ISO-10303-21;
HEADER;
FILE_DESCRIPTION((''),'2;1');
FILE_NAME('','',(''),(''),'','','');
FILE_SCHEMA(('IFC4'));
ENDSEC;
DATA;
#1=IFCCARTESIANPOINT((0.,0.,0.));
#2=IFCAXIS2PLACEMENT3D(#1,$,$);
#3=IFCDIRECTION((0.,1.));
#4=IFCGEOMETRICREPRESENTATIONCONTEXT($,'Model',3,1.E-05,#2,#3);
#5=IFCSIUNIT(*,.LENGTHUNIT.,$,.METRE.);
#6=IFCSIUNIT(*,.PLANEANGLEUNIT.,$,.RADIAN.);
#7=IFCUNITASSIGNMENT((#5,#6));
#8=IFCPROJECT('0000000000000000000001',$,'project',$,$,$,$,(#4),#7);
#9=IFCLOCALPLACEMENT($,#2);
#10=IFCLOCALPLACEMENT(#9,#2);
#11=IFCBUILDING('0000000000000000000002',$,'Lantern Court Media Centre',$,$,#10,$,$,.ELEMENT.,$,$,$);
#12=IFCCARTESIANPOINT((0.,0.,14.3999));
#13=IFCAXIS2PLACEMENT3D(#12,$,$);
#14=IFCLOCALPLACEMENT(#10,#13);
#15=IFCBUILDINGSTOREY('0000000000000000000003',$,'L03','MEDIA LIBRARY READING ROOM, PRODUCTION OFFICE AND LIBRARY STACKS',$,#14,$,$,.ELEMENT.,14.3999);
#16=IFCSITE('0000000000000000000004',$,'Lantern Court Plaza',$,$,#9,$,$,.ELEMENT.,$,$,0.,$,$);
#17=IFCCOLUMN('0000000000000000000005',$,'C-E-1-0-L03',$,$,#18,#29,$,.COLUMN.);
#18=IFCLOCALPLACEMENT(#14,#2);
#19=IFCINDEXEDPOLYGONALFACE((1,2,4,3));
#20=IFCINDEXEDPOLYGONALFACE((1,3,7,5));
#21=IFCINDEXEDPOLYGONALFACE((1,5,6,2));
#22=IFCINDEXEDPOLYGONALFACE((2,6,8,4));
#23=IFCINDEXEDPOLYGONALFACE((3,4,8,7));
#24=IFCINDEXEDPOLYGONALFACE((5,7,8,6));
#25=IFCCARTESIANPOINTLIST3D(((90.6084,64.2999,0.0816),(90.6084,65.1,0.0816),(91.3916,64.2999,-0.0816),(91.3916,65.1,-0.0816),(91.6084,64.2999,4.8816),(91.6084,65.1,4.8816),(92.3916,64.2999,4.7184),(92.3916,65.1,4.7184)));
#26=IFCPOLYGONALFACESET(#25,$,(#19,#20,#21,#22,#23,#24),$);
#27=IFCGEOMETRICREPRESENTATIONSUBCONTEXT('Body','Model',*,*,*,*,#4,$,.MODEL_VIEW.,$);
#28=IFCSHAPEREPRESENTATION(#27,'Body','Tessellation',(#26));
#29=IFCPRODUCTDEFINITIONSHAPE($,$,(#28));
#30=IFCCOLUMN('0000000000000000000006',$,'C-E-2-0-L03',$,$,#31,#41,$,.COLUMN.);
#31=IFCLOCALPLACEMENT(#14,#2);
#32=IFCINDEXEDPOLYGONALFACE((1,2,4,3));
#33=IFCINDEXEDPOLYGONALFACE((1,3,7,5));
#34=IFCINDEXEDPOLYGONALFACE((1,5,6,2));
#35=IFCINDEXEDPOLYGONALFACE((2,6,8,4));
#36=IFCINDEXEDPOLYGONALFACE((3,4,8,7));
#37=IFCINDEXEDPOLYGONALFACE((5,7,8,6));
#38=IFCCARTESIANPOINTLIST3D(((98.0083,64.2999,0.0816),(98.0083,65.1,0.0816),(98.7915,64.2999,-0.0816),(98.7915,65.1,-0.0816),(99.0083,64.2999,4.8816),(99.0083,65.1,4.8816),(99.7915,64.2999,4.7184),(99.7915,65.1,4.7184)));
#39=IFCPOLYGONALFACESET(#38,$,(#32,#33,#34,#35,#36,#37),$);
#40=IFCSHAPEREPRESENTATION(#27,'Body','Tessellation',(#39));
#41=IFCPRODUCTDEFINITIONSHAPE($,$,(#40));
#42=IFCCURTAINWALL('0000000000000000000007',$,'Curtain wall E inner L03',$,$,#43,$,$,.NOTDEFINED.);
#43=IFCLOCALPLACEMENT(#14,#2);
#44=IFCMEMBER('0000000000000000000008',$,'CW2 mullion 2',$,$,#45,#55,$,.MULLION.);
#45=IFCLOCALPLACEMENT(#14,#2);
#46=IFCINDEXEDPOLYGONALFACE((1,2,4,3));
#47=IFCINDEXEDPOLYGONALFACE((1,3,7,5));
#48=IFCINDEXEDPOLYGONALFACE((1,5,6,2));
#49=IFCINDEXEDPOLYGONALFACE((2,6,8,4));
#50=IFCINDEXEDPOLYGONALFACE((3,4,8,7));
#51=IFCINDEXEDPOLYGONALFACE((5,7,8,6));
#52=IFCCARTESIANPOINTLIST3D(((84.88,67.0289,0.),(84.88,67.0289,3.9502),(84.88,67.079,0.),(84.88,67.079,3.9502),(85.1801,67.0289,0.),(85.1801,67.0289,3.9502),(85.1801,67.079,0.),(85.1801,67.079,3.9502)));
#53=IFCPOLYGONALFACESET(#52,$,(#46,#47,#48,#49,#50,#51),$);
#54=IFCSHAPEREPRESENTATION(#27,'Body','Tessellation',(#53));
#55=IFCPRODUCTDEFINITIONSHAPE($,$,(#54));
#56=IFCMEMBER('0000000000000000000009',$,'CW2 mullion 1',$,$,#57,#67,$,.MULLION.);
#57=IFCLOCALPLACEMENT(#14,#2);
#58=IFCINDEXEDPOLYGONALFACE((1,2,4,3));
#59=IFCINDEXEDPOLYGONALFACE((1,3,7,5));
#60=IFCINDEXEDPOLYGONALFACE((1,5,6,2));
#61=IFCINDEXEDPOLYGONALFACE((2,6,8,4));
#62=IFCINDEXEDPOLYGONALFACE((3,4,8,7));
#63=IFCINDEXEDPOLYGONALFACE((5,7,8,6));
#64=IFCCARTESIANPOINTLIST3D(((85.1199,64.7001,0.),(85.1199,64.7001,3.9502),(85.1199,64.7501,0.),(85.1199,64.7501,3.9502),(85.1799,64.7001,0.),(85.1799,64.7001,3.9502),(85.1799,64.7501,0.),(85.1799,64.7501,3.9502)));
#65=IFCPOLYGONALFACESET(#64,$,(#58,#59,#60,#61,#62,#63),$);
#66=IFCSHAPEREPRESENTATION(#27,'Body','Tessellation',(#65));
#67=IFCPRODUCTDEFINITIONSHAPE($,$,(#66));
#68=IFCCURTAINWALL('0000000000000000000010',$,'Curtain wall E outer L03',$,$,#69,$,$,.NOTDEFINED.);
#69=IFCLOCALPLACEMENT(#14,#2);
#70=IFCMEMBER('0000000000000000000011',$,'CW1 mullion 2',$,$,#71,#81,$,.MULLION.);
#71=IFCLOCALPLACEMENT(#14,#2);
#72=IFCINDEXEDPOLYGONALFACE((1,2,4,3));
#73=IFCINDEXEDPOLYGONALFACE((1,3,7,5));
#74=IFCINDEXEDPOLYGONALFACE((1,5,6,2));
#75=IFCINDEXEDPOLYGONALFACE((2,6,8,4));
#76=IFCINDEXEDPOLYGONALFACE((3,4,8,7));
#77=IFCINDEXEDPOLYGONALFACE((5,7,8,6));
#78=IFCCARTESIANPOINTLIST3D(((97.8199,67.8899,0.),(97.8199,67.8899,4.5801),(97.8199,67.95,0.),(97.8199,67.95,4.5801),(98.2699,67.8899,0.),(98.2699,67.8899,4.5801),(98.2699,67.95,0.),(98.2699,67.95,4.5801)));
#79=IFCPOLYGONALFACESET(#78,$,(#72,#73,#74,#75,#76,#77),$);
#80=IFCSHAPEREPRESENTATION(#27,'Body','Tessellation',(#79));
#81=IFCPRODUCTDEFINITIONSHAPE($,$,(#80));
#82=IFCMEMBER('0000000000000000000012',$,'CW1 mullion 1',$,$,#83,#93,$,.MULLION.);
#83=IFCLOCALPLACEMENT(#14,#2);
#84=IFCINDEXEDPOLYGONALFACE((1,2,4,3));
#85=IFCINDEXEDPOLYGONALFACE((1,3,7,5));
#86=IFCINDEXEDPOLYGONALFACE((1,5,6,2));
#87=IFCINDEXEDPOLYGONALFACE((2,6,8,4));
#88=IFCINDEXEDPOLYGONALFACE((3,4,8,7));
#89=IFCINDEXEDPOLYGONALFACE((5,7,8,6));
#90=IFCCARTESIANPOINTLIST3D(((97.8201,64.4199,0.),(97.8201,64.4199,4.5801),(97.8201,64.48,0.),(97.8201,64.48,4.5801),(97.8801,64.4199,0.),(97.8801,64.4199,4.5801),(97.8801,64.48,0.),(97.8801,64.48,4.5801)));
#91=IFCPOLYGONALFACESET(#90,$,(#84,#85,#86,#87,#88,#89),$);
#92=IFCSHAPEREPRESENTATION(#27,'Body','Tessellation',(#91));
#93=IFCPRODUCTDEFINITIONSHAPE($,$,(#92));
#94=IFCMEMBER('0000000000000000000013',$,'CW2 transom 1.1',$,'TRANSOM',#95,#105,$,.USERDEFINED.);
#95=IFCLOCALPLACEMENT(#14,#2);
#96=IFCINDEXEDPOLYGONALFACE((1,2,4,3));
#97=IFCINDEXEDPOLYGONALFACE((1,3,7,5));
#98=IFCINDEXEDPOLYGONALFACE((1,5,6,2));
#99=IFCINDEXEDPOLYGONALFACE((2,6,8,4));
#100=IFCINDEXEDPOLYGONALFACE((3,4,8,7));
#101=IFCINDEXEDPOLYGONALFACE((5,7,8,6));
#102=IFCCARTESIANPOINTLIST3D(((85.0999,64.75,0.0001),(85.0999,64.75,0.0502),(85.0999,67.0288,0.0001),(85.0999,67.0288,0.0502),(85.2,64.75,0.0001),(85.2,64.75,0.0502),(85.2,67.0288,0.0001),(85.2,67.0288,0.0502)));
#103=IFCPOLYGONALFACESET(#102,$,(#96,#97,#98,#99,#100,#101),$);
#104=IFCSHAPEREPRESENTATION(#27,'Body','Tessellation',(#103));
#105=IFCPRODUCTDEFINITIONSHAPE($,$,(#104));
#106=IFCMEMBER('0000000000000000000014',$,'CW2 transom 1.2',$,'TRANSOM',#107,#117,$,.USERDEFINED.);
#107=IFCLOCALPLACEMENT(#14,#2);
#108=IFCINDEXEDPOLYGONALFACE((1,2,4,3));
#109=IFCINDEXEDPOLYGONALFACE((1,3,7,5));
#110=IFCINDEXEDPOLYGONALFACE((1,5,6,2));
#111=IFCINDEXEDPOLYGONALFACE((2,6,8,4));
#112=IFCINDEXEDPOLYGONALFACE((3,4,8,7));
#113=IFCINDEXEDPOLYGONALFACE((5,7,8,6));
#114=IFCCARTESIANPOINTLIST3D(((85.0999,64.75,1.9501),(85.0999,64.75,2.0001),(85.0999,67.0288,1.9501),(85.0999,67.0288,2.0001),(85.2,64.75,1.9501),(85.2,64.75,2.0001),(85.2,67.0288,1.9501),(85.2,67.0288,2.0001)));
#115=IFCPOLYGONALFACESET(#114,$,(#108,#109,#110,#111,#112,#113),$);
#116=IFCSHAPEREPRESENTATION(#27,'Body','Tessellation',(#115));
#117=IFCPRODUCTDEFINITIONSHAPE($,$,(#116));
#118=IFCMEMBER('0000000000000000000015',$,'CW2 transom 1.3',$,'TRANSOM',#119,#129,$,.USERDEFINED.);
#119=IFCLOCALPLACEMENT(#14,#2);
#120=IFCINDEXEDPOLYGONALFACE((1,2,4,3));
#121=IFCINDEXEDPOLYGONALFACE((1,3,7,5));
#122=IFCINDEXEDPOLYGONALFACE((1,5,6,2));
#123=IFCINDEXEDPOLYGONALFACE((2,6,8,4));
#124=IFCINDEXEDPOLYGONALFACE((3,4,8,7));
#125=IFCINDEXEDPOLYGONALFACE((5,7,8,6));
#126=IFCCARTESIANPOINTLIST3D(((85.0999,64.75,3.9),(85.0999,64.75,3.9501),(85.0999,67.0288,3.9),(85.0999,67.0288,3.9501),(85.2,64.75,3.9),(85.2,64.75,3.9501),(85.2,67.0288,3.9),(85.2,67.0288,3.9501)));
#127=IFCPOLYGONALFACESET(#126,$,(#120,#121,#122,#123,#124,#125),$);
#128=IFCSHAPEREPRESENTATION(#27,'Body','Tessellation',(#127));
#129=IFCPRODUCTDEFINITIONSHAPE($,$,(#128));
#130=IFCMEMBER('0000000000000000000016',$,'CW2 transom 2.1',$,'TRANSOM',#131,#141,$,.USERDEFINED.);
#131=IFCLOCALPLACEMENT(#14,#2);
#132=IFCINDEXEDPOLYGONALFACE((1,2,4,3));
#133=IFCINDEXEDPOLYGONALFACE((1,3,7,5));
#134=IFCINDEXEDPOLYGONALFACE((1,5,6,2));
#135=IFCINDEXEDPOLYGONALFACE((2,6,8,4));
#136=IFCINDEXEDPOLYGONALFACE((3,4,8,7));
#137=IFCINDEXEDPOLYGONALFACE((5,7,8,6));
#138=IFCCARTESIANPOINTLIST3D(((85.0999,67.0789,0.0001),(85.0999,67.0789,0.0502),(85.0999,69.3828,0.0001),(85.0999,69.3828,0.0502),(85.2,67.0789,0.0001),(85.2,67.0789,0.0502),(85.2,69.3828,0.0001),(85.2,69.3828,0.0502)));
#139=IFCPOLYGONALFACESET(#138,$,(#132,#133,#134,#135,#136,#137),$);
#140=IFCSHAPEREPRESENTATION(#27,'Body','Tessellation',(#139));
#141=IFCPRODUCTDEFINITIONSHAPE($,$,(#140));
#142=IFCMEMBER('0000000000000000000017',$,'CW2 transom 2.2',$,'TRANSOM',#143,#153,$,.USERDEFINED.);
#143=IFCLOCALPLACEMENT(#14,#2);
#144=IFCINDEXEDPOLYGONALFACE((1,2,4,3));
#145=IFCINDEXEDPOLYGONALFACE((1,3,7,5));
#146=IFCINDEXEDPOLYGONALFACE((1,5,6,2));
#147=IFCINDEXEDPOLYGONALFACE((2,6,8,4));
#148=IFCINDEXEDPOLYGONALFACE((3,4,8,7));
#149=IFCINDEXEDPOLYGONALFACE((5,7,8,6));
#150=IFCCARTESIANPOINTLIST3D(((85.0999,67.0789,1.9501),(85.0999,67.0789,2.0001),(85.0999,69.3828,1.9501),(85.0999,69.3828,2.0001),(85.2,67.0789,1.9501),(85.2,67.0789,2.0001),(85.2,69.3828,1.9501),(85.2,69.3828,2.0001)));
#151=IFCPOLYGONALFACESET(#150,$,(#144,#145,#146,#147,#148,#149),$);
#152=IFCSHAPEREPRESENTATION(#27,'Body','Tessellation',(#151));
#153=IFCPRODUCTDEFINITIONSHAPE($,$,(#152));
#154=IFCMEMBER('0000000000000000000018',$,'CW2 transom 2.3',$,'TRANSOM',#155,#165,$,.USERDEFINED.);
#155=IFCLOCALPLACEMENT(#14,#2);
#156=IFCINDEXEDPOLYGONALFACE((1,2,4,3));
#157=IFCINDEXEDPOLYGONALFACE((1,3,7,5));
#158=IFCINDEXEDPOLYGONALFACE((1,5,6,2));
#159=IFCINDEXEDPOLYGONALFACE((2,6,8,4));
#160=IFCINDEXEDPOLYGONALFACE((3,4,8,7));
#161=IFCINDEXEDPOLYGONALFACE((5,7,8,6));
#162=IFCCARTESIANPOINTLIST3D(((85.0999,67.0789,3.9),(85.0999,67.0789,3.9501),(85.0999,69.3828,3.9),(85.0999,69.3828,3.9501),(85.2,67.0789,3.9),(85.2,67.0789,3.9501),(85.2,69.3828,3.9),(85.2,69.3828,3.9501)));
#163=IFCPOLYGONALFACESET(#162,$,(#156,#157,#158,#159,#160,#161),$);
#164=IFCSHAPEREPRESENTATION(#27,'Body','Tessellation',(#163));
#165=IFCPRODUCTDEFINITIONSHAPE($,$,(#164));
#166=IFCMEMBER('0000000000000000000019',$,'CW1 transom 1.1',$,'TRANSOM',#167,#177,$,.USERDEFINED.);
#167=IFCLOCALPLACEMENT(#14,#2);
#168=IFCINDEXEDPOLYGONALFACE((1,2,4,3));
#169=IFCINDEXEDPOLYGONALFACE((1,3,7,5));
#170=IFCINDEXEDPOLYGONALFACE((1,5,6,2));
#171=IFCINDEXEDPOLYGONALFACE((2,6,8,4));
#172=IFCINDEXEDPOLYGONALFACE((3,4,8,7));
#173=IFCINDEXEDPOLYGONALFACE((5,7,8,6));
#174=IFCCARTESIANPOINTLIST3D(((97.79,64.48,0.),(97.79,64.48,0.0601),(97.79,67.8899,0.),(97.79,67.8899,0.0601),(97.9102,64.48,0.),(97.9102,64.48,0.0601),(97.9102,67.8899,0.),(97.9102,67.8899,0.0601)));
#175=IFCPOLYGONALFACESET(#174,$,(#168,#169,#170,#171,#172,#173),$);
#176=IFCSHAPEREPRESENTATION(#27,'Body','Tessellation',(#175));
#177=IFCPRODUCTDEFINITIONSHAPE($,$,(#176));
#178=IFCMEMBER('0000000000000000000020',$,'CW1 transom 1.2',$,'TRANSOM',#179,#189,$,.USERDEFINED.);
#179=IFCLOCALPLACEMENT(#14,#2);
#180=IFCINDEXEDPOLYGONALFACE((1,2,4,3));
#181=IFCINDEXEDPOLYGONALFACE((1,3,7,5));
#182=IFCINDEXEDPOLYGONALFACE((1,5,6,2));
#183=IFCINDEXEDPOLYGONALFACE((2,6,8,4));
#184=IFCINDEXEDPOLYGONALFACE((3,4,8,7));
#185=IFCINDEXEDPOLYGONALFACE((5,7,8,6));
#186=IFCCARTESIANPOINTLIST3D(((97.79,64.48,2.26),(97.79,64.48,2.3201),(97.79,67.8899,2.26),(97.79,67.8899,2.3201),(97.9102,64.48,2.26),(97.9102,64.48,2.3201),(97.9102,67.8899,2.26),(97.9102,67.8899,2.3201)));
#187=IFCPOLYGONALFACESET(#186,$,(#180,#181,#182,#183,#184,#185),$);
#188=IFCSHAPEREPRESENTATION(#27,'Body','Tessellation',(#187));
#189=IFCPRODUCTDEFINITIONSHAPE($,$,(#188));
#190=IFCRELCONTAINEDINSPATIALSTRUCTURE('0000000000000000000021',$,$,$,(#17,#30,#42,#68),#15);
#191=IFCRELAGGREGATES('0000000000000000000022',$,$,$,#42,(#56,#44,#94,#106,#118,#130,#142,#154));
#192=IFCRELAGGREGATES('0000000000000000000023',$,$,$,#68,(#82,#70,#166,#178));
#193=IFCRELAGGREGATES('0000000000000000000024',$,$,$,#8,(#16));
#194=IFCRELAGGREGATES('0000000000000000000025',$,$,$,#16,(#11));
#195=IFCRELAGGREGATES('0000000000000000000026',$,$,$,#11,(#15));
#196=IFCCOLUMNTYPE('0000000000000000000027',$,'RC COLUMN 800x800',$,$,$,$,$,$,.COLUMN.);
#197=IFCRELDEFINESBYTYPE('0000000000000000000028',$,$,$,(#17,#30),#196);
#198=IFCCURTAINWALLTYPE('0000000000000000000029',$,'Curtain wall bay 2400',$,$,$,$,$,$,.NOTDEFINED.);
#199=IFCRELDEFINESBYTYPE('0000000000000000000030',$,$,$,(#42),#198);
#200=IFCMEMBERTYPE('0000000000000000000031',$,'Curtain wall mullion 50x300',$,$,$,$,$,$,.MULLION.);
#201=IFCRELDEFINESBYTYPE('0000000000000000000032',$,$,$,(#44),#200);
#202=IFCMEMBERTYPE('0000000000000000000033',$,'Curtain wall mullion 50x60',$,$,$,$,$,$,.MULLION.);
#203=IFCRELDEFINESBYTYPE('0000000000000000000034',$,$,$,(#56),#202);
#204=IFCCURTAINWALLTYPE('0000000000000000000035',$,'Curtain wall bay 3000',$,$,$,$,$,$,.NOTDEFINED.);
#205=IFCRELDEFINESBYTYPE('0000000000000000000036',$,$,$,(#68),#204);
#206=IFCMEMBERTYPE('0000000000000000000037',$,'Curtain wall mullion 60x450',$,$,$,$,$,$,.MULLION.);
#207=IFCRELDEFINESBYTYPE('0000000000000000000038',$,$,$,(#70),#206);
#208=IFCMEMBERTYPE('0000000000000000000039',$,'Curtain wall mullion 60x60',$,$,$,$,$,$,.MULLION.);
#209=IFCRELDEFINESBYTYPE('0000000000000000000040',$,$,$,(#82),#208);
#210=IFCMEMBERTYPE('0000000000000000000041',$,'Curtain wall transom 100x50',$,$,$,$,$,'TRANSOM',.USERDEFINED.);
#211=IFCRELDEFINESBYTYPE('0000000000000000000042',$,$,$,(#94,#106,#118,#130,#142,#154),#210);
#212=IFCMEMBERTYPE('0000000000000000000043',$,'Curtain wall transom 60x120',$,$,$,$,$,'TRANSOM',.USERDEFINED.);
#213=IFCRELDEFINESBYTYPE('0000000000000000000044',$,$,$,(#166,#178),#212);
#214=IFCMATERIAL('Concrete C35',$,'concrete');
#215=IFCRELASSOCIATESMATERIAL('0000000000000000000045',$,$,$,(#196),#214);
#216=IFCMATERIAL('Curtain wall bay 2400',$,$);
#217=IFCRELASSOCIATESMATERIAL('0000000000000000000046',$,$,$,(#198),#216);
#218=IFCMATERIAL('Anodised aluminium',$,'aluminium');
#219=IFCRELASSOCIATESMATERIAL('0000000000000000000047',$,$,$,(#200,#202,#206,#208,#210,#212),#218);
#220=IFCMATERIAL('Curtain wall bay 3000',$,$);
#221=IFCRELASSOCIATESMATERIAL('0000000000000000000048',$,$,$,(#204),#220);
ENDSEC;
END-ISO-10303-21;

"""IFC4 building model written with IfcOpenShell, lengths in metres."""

from ifc_helpers import new_model, si_unit, direction, frame, origin, origin_2d, place, context, subcontext, project, spatial, rectangle, extrude, material, material_profile, profile_set, type_object, element, aggregate, save


model = new_model("IFC4")

# Units and contexts
model_context = context("Model", 3, precision=1e-05, world=origin(), true_north=direction((0.0, 1.0)))
body_context = subcontext(model_context, "Body", "Model", "MODEL_VIEW")
ifc_project = project(units=[si_unit("LENGTHUNIT", "METRE"), si_unit("PLANEANGLEUNIT", "RADIAN")], contexts=[model_context])

# Site, building, storey
site_placement = place(None, origin())
site = spatial("IfcSite", under=ifc_project, at=site_placement, Name="Lantern Court Plaza", CompositionType="ELEMENT", RefElevation=0.0)
building_placement = place(site_placement, origin())
building = spatial("IfcBuilding", under=site, at=building_placement, Name="Lantern Court Media Centre", CompositionType="ELEMENT")
storey_placement = place(building_placement, frame((0.0, 0.0, 14.3999)))
storey = spatial("IfcBuildingStorey", under=building, at=storey_placement, Name="L03", Description="MEDIA LIBRARY READING ROOM, PRODUCTION OFFICE AND LIBRARY STACKS", CompositionType="ELEMENT", Elevation=14.3999)

# Columns
ifc_material_1 = material(Name="Concrete C35", Category="concrete")
ifc_material_profile_1 = material_profile(ifc_material_1, rectangle(XDim=0.8, YDim=0.8, at=origin_2d()), Name="RC 800x800")
ifc_profile_set_1 = profile_set([ifc_material_profile_1], Name="Concrete C35")
column_type = type_object("IfcColumnType", Name="RC COLUMN 800x800", PredefinedType="COLUMN", material=ifc_profile_set_1)
for number, where, z_axis, x_axis, name in (
    (1, (91.0, 64.7, 0.0), (0.203952, 0.0, 0.978981), (0.0, 1.0, 0.0), "C-E-1-0-L03"),
    (2, (98.3999, 64.7, 0.0), (0.203952, 0.0, 0.978981), (0.0, 1.0, 0.0), "C-E-2-0-L03"),
):
    element("IfcColumn", number, at=place(storey_placement, frame(where, z_axis=z_axis, x_axis=x_axis)), inside=storey, type_object=column_type, Name=name, PredefinedType="COLUMN", context=body_context, shape_type="SweptSolid", body=[
        extrude(rectangle(XDim=0.8, YDim=0.8, at=origin_2d()), origin(), (0.0, 0.0, 1.0), 4.9031),
    ])

# Curtain walls, members
ifc_material_2 = material(Name="Curtain wall bay 2400")
curtain_wall_type_1 = type_object("IfcCurtainWallType", Name="Curtain wall bay 2400", PredefinedType="NOTDEFINED", material=ifc_material_2)
curtain_wall_1_placement = place(storey_placement, origin())
curtain_wall_1 = element("IfcCurtainWall", 3, at=curtain_wall_1_placement, inside=storey, type_object=curtain_wall_type_1, Name="Curtain wall E inner L03", PredefinedType="NOTDEFINED")
ifc_material_3 = material(Name="Anodised aluminium", Category="aluminium")
ifc_material_profile_2 = material_profile(ifc_material_3, rectangle(XDim=0.3, YDim=0.05, at=origin_2d()), Name="AL 50x300")
ifc_profile_set_2 = profile_set([ifc_material_profile_2], Name="Anodised aluminium")
member_type_1 = type_object("IfcMemberType", Name="Curtain wall mullion 50x300", PredefinedType="MULLION", material=ifc_profile_set_2)
member_1_placement = place(storey_placement, frame((85.03, 67.054, 0.0), z_axis=(0.0, 0.0, 1.0), x_axis=(-1.0, 0.0, 0.0)))
member_1 = element("IfcMember", 4, at=member_1_placement, type_object=member_type_1, Name="CW2 mullion 2", PredefinedType="MULLION", context=body_context, shape_type="SweptSolid", body=[
    extrude(rectangle(XDim=0.3, YDim=0.05, at=origin_2d()), origin(), (0.0, 0.0, 1.0), 3.9502),
])
ifc_material_profile_3 = material_profile(ifc_material_3, rectangle(XDim=0.0601, YDim=0.05, at=origin_2d()), Name="AL 50x60")
ifc_profile_set_3 = profile_set([ifc_material_profile_3], Name="Anodised aluminium")
member_type_2 = type_object("IfcMemberType", Name="Curtain wall mullion 50x60", PredefinedType="MULLION", material=ifc_profile_set_3)
member_2_placement = place(storey_placement, frame((85.1499, 64.7251, 0.0), z_axis=(0.0, 0.0, 1.0), x_axis=(-1.0, 0.0, 0.0)))
member_2 = element("IfcMember", 5, at=member_2_placement, type_object=member_type_2, Name="CW2 mullion 1", PredefinedType="MULLION", context=body_context, shape_type="SweptSolid", body=[
    extrude(rectangle(XDim=0.0601, YDim=0.05, at=origin_2d()), origin(), (0.0, 0.0, 1.0), 3.9502),
])
ifc_material_4 = material(Name="Curtain wall bay 3000")
curtain_wall_type_2 = type_object("IfcCurtainWallType", Name="Curtain wall bay 3000", PredefinedType="NOTDEFINED", material=ifc_material_4)
curtain_wall_2_placement = place(storey_placement, origin())
curtain_wall_2 = element("IfcCurtainWall", 6, at=curtain_wall_2_placement, inside=storey, type_object=curtain_wall_type_2, Name="Curtain wall E outer L03", PredefinedType="NOTDEFINED")
ifc_material_profile_4 = material_profile(ifc_material_3, rectangle(XDim=0.45, YDim=0.0601, at=origin_2d()), Name="AL 60x450")
ifc_profile_set_4 = profile_set([ifc_material_profile_4], Name="Anodised aluminium")
member_type_3 = type_object("IfcMemberType", Name="Curtain wall mullion 60x450", PredefinedType="MULLION", material=ifc_profile_set_4)
member_3_placement = place(storey_placement, frame((98.0449, 67.9199, 0.0), z_axis=(0.0, 0.0, 1.0), x_axis=(-1.0, 0.0, 0.0)))
member_3 = element("IfcMember", 7, at=member_3_placement, type_object=member_type_3, Name="CW1 mullion 2", PredefinedType="MULLION", context=body_context, shape_type="SweptSolid", body=[
    extrude(rectangle(XDim=0.45, YDim=0.0601, at=origin_2d()), origin(), (0.0, 0.0, 1.0), 4.5801),
])
ifc_material_profile_5 = material_profile(ifc_material_3, rectangle(XDim=0.0601, YDim=0.0601, at=origin_2d()), Name="AL 60x60")
ifc_profile_set_5 = profile_set([ifc_material_profile_5], Name="Anodised aluminium")
member_type_4 = type_object("IfcMemberType", Name="Curtain wall mullion 60x60", PredefinedType="MULLION", material=ifc_profile_set_5)
member_4_placement = place(storey_placement, frame((97.8501, 64.45, 0.0), z_axis=(0.0, 0.0, 1.0), x_axis=(-1.0, 0.0, 0.0)))
member_4 = element("IfcMember", 8, at=member_4_placement, type_object=member_type_4, Name="CW1 mullion 1", PredefinedType="MULLION", context=body_context, shape_type="SweptSolid", body=[
    extrude(rectangle(XDim=0.0601, YDim=0.0601, at=origin_2d()), origin(), (0.0, 0.0, 1.0), 4.5801),
])

# Members
ifc_material_profile_6 = material_profile(ifc_material_3, rectangle(XDim=0.1001, YDim=0.05, at=origin_2d()), Name="AL 50x100")
ifc_profile_set_6 = profile_set([ifc_material_profile_6], Name="Anodised aluminium")
member_type_5 = type_object("IfcMemberType", Name="Curtain wall transom 100x50", ElementType="TRANSOM", PredefinedType="USERDEFINED", material=ifc_profile_set_6)
member_5_placement = place(storey_placement, frame((85.1499, 64.75, 0.0251), z_axis=(0.0, 1.0, 0.0), x_axis=(-1.0, 0.0, 0.0)))
member_5 = element("IfcMember", 9, at=member_5_placement, type_object=member_type_5, Name="CW2 transom 1.1", ObjectType="TRANSOM", PredefinedType="USERDEFINED", context=body_context, shape_type="SweptSolid", body=[
    extrude(rectangle(XDim=0.1001, YDim=0.05, at=origin_2d()), origin(), (0.0, 0.0, 1.0), 2.2788),
])
member_6_placement = place(storey_placement, frame((85.1499, 64.75, 1.9751), z_axis=(0.0, 1.0, 0.0), x_axis=(-1.0, 0.0, 0.0)))
member_6 = element("IfcMember", 10, at=member_6_placement, type_object=member_type_5, Name="CW2 transom 1.2", ObjectType="TRANSOM", PredefinedType="USERDEFINED", context=body_context, shape_type="SweptSolid", body=[
    extrude(rectangle(XDim=0.1001, YDim=0.05, at=origin_2d()), origin(), (0.0, 0.0, 1.0), 2.2788),
])
member_7_placement = place(storey_placement, frame((85.1499, 64.75, 3.925), z_axis=(0.0, 1.0, 0.0), x_axis=(-1.0, 0.0, 0.0)))
member_7 = element("IfcMember", 11, at=member_7_placement, type_object=member_type_5, Name="CW2 transom 1.3", ObjectType="TRANSOM", PredefinedType="USERDEFINED", context=body_context, shape_type="SweptSolid", body=[
    extrude(rectangle(XDim=0.1001, YDim=0.05, at=origin_2d()), origin(), (0.0, 0.0, 1.0), 2.2788),
])
member_8_placement = place(storey_placement, frame((85.1499, 67.0789, 0.0251), z_axis=(0.0, 1.0, 0.0), x_axis=(-1.0, 0.0, 0.0)))
member_8 = element("IfcMember", 12, at=member_8_placement, type_object=member_type_5, Name="CW2 transom 2.1", ObjectType="TRANSOM", PredefinedType="USERDEFINED", context=body_context, shape_type="SweptSolid", body=[
    extrude(rectangle(XDim=0.1001, YDim=0.05, at=origin_2d()), origin(), (0.0, 0.0, 1.0), 2.304),
])
member_9_placement = place(storey_placement, frame((85.1499, 67.0789, 1.9751), z_axis=(0.0, 1.0, 0.0), x_axis=(-1.0, 0.0, 0.0)))
member_9 = element("IfcMember", 13, at=member_9_placement, type_object=member_type_5, Name="CW2 transom 2.2", ObjectType="TRANSOM", PredefinedType="USERDEFINED", context=body_context, shape_type="SweptSolid", body=[
    extrude(rectangle(XDim=0.1001, YDim=0.05, at=origin_2d()), origin(), (0.0, 0.0, 1.0), 2.304),
])
member_10_placement = place(storey_placement, frame((85.1499, 67.0789, 3.925), z_axis=(0.0, 1.0, 0.0), x_axis=(-1.0, 0.0, 0.0)))
member_10 = element("IfcMember", 14, at=member_10_placement, type_object=member_type_5, Name="CW2 transom 2.3", ObjectType="TRANSOM", PredefinedType="USERDEFINED", context=body_context, shape_type="SweptSolid", body=[
    extrude(rectangle(XDim=0.1001, YDim=0.05, at=origin_2d()), origin(), (0.0, 0.0, 1.0), 2.304),
])
ifc_material_profile_7 = material_profile(ifc_material_3, rectangle(XDim=0.1201, YDim=0.0601, at=origin_2d()), Name="AL 60x120")
ifc_profile_set_7 = profile_set([ifc_material_profile_7], Name="Anodised aluminium")
member_type_6 = type_object("IfcMemberType", Name="Curtain wall transom 60x120", ElementType="TRANSOM", PredefinedType="USERDEFINED", material=ifc_profile_set_7)
member_11_placement = place(storey_placement, frame((97.8501, 64.48, 0.03), z_axis=(0.0, 1.0, 0.0), x_axis=(-1.0, 0.0, 0.0)))
member_11 = element("IfcMember", 15, at=member_11_placement, type_object=member_type_6, Name="CW1 transom 1.1", ObjectType="TRANSOM", PredefinedType="USERDEFINED", context=body_context, shape_type="SweptSolid", body=[
    extrude(rectangle(XDim=0.1201, YDim=0.0601, at=origin_2d()), origin(), (0.0, 0.0, 1.0), 3.4099),
])
member_12_placement = place(storey_placement, frame((97.8501, 64.48, 2.29), z_axis=(0.0, 1.0, 0.0), x_axis=(-1.0, 0.0, 0.0)))
member_12 = element("IfcMember", 16, at=member_12_placement, type_object=member_type_6, Name="CW1 transom 1.2", ObjectType="TRANSOM", PredefinedType="USERDEFINED", context=body_context, shape_type="SweptSolid", body=[
    extrude(rectangle(XDim=0.1201, YDim=0.0601, at=origin_2d()), origin(), (0.0, 0.0, 1.0), 3.4099),
])

aggregate(curtain_wall_1, [member_2, member_1, member_5, member_6, member_7, member_8, member_9, member_10])
aggregate(curtain_wall_2, [member_4, member_3, member_11, member_12])

save(model, "model.ifc")
